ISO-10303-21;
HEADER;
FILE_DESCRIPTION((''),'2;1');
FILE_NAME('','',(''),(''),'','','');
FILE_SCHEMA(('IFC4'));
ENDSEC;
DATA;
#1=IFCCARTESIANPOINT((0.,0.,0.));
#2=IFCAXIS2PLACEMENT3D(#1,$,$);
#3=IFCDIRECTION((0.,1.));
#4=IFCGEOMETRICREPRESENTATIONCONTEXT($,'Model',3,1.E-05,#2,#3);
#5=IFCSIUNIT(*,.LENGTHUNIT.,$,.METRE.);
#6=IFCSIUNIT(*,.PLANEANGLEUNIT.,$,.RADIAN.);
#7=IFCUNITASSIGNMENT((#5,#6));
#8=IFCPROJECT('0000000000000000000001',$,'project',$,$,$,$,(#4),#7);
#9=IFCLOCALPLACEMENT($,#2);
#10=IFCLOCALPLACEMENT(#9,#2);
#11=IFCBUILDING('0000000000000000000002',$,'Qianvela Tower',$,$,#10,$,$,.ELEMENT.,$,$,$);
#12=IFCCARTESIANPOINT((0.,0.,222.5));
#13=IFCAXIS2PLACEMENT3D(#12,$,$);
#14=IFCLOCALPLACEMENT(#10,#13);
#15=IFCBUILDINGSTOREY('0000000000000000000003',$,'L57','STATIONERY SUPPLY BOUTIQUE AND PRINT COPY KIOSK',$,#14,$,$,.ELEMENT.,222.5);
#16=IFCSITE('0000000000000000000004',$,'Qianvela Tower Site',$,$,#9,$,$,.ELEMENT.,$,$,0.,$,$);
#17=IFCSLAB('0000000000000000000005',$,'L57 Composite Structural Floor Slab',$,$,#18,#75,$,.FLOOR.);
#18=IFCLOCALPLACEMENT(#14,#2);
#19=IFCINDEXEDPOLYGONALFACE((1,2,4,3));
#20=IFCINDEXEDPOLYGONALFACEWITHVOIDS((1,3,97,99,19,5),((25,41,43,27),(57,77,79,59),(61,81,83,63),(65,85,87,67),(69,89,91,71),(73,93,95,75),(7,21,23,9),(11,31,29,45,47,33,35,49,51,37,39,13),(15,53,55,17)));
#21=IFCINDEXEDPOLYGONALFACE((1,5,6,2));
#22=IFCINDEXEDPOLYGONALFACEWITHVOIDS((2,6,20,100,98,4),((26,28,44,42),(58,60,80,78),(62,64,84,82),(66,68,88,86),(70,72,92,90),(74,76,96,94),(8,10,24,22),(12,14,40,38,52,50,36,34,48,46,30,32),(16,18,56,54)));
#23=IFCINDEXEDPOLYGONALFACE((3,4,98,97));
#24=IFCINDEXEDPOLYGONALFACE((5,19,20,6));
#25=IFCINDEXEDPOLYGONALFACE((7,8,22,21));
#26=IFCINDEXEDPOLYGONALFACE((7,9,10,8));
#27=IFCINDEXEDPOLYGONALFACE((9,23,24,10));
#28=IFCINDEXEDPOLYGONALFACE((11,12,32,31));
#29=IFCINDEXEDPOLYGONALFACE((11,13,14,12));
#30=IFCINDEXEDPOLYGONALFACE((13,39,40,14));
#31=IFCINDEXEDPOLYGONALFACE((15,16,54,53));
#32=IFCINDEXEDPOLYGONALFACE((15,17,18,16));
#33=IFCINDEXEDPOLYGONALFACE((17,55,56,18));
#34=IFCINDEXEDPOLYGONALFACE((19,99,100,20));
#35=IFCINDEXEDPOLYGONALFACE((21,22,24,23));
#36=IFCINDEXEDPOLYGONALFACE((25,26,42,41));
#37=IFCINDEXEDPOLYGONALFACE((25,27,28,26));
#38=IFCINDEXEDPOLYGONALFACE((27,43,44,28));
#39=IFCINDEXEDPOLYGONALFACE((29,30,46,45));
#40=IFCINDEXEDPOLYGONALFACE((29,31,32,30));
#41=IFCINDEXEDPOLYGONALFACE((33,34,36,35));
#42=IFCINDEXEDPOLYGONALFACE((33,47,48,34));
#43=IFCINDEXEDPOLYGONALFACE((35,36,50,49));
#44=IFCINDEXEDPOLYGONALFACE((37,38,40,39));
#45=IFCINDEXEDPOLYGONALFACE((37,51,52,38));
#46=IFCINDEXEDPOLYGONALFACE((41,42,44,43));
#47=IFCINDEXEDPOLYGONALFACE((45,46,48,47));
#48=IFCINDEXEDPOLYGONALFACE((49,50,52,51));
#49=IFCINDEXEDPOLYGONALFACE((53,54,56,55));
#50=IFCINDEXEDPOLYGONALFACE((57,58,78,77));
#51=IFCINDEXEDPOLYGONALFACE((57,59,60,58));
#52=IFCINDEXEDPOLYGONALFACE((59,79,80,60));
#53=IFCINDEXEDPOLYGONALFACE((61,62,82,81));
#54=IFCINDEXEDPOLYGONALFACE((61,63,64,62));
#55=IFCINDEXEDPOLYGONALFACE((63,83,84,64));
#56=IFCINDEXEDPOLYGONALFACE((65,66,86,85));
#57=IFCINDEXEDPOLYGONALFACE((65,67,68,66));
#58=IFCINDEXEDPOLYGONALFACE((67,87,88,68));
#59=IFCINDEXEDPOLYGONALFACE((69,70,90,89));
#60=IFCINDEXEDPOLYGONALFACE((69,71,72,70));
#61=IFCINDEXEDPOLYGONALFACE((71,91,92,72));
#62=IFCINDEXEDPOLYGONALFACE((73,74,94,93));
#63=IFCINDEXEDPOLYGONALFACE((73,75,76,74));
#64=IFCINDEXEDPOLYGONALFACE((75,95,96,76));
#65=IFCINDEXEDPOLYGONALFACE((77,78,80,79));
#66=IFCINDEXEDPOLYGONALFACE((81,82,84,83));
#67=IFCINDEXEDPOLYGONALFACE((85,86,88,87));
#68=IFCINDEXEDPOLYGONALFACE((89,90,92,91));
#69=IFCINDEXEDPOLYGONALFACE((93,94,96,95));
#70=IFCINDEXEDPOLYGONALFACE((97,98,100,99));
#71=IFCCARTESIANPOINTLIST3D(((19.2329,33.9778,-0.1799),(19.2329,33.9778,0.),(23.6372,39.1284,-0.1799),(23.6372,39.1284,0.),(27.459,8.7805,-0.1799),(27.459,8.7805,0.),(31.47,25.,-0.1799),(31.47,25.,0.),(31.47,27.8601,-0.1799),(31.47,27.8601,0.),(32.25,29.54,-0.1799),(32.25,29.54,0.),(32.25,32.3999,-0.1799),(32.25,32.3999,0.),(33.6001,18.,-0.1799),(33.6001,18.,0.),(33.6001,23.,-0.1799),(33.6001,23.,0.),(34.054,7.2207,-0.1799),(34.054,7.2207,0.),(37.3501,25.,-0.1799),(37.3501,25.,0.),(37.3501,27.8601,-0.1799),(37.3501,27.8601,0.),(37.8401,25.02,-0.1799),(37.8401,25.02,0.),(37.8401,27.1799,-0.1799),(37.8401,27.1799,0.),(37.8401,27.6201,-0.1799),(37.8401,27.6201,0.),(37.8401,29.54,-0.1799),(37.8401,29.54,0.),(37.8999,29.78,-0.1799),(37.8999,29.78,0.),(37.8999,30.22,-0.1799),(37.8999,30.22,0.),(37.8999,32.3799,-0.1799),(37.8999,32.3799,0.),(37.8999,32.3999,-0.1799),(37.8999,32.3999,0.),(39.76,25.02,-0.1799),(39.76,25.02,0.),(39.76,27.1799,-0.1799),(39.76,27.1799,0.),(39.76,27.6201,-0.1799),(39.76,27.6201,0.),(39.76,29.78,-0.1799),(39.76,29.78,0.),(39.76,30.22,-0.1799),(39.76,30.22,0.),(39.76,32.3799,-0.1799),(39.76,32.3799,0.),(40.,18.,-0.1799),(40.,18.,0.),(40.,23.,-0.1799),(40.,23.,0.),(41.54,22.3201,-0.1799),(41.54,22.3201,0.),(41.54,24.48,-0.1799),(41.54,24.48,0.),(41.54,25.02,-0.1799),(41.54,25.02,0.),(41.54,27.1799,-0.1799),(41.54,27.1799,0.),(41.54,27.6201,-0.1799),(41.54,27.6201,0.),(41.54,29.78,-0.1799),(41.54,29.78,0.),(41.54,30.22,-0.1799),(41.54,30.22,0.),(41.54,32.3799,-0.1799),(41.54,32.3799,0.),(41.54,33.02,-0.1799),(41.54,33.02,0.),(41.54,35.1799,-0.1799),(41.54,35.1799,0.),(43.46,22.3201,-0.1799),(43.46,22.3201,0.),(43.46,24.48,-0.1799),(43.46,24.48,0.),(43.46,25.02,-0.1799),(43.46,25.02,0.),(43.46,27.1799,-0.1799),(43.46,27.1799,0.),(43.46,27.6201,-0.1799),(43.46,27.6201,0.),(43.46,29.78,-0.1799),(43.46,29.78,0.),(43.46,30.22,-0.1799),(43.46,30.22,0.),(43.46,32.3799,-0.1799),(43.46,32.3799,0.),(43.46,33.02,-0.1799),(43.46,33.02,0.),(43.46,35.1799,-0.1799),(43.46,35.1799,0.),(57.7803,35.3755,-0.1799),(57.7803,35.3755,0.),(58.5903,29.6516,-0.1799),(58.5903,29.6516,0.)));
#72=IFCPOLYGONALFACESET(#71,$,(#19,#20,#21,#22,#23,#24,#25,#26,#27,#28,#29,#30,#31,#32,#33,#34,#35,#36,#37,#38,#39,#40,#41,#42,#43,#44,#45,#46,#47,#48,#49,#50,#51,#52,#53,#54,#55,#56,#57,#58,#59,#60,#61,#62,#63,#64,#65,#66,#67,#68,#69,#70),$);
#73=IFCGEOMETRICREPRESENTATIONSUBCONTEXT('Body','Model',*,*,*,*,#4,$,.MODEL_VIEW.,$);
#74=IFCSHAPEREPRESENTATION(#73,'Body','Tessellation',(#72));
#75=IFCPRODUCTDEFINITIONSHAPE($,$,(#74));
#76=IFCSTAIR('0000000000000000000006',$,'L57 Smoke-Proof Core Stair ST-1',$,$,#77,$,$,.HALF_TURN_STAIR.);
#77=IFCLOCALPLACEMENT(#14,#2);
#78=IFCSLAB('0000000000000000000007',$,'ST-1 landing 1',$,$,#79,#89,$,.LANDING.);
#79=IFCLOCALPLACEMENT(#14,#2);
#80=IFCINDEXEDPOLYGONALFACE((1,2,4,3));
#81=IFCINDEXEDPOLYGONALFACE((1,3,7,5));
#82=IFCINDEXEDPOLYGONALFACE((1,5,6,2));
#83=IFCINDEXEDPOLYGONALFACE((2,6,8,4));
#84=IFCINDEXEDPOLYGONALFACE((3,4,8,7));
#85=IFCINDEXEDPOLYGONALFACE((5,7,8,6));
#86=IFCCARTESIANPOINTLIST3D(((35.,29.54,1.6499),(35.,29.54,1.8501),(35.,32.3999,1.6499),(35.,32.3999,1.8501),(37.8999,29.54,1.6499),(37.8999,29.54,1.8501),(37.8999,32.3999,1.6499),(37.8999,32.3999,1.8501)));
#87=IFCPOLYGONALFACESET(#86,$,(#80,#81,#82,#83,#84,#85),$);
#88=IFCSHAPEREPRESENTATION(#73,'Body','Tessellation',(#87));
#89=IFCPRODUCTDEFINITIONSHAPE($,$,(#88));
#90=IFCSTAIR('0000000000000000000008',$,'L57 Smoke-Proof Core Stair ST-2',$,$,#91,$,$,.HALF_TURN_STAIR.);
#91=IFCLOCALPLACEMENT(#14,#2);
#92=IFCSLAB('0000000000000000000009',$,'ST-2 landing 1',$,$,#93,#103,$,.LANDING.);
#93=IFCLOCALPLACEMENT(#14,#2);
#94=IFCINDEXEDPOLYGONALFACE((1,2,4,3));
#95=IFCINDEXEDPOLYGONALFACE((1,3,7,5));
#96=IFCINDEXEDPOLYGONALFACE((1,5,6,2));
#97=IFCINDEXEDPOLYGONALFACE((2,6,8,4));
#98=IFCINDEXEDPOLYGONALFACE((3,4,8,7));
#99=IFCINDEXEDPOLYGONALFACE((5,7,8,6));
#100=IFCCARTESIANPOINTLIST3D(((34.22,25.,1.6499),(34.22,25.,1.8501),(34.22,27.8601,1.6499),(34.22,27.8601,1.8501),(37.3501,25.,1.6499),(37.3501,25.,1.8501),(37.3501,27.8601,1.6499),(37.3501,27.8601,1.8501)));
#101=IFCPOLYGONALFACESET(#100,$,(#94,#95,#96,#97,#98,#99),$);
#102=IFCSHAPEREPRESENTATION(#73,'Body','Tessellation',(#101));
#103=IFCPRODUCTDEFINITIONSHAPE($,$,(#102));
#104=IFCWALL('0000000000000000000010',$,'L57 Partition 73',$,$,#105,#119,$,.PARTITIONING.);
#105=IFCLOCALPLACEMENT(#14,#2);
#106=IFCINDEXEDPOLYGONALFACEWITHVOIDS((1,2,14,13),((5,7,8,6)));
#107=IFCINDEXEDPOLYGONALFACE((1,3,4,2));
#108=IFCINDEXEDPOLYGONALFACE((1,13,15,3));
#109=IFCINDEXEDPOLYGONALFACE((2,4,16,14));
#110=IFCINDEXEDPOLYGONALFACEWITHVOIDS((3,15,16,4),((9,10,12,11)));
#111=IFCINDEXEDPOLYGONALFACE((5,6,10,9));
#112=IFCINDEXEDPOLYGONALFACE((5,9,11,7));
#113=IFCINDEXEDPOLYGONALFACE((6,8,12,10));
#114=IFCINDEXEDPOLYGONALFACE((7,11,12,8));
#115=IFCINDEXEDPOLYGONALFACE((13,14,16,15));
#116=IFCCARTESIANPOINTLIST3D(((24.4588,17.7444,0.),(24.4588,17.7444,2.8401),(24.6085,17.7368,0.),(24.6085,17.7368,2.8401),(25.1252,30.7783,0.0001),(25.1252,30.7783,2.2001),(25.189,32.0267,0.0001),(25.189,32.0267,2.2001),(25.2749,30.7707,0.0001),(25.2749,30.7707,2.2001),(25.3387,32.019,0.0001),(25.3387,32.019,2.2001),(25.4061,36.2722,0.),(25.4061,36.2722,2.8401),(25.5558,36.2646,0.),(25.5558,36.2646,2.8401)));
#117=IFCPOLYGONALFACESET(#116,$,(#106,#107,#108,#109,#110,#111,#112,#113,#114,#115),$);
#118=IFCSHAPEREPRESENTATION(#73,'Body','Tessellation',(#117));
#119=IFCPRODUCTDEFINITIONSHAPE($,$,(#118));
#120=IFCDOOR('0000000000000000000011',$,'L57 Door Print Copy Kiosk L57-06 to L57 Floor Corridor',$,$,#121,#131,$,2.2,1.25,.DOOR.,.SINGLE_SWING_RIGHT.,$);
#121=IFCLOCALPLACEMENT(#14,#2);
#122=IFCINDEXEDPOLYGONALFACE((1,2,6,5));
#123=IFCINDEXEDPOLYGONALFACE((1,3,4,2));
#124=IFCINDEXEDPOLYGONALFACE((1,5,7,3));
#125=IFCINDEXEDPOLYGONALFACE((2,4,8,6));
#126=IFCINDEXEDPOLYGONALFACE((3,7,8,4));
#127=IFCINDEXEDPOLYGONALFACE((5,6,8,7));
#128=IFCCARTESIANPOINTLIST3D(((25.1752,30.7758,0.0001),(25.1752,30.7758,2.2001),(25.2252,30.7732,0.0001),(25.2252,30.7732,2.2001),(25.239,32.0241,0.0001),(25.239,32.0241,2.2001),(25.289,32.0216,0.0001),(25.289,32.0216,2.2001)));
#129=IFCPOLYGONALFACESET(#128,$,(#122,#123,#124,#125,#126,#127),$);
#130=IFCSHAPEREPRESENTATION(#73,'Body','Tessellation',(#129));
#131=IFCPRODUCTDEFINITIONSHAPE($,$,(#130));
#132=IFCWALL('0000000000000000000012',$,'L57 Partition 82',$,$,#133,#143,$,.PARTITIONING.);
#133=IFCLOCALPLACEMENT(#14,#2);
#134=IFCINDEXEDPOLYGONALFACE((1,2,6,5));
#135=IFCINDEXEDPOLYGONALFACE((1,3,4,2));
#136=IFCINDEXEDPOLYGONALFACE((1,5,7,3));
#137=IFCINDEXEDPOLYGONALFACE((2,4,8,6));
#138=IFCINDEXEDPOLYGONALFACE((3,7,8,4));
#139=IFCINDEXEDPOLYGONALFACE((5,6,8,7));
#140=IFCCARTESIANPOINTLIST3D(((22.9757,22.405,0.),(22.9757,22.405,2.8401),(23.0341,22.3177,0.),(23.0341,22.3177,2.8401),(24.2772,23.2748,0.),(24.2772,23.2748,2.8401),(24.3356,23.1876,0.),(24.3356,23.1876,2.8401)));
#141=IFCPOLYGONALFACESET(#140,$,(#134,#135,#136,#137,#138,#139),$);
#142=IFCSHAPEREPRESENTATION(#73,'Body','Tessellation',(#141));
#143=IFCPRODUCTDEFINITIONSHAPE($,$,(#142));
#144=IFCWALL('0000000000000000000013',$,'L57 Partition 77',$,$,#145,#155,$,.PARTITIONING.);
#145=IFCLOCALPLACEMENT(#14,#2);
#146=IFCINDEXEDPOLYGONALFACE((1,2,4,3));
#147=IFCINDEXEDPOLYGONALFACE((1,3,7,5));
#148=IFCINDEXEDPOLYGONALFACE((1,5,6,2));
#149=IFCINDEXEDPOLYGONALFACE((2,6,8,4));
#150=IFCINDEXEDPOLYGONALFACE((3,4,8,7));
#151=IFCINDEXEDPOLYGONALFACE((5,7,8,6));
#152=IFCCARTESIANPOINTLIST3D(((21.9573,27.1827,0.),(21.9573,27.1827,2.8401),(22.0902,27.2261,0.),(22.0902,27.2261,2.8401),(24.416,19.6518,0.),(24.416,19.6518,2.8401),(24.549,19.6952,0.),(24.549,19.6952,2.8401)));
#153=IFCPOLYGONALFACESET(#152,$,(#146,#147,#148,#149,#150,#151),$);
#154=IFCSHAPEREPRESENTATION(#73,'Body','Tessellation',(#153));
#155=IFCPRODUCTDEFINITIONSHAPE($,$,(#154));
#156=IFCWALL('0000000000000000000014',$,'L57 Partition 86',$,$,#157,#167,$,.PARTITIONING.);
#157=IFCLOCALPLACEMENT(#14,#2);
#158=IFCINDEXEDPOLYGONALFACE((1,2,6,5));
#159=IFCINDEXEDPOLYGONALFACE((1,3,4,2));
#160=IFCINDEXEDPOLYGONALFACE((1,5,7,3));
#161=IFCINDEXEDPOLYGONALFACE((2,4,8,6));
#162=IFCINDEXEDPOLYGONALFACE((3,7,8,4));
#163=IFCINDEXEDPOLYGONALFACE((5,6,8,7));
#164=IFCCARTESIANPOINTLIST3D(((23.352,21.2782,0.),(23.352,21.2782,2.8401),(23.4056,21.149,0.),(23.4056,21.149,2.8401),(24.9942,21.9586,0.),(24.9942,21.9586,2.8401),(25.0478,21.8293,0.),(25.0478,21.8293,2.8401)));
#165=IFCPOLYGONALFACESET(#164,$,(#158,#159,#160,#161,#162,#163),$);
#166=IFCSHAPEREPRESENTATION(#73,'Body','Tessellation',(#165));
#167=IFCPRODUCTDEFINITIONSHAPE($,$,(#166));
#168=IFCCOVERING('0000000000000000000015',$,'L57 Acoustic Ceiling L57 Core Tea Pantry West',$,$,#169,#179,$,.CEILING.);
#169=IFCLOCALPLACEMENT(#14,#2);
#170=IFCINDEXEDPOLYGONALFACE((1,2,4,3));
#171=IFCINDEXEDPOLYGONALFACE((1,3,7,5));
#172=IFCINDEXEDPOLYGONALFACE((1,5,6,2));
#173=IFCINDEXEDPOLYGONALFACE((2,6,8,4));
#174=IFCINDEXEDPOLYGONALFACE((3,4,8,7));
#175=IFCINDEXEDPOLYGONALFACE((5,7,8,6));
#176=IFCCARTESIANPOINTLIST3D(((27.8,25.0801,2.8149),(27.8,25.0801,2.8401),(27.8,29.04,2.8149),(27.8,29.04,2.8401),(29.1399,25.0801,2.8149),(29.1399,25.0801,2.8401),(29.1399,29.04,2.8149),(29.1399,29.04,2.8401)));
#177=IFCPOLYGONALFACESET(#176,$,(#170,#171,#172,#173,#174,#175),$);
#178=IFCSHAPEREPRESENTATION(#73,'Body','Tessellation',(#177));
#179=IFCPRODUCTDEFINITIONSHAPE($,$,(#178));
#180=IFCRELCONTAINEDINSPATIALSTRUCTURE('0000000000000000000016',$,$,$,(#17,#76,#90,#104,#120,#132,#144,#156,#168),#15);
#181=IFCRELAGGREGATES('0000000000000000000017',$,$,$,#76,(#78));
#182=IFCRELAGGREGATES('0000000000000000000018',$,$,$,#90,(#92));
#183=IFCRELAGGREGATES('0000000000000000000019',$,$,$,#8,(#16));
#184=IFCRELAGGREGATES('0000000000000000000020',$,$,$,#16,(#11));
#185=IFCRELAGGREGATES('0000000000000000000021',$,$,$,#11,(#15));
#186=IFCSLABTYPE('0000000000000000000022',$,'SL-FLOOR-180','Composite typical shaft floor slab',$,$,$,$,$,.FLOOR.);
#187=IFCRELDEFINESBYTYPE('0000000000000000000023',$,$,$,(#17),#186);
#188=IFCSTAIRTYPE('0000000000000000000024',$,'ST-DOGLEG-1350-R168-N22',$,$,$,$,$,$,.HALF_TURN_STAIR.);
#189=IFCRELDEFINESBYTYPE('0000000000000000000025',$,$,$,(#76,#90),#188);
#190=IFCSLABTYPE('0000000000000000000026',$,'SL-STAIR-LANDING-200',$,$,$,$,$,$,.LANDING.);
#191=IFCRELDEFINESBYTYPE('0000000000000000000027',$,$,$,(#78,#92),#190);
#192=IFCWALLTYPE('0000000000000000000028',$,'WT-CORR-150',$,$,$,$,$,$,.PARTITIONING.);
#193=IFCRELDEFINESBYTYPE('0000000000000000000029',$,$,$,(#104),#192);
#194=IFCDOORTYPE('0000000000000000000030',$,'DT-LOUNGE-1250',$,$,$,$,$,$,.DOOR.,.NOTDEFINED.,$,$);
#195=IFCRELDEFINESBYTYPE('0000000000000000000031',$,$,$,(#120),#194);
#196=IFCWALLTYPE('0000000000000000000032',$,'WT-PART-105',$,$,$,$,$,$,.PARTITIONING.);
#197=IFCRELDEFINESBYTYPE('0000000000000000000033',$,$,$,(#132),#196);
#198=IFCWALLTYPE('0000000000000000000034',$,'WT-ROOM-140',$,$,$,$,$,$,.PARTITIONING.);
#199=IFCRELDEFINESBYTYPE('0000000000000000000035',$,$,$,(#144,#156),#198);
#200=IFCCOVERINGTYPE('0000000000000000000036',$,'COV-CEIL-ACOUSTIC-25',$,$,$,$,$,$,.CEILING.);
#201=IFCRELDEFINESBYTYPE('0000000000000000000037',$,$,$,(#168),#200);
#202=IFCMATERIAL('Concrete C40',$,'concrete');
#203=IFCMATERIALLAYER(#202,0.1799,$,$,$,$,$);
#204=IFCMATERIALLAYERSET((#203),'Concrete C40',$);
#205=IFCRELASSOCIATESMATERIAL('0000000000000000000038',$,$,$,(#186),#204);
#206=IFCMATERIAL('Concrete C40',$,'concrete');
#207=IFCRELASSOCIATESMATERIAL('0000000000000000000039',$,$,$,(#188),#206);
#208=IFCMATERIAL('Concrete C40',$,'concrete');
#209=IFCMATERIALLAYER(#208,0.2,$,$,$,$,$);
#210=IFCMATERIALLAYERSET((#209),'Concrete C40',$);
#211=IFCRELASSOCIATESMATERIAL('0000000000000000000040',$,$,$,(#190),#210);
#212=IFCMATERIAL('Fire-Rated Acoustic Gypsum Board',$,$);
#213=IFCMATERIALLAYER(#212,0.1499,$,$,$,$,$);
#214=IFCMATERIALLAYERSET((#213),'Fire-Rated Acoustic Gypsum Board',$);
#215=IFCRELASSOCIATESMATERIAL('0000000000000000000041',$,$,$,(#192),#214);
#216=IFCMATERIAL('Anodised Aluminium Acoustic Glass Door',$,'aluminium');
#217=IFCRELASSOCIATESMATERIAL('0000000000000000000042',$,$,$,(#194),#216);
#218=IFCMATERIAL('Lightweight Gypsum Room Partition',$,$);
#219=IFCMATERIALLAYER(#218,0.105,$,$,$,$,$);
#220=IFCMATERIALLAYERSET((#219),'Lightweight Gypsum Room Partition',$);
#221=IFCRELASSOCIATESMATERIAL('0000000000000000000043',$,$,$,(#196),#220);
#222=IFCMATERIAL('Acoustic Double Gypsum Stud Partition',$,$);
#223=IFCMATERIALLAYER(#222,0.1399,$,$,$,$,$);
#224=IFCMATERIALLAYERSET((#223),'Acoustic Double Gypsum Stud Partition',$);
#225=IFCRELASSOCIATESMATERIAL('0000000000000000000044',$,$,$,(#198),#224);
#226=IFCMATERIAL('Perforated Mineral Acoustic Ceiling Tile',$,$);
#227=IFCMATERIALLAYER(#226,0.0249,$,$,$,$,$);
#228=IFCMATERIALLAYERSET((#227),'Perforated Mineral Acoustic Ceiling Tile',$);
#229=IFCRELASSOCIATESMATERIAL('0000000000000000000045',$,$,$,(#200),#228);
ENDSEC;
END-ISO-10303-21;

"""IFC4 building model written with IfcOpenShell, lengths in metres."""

from ifc_helpers import new_model, si_unit, direction, frame, frame_2d, origin, place, context, subcontext, project, spatial, polyline, rectangle, outline, extrude, material, layer, layer_set, type_object, element, fill, aggregate, save


model = new_model("IFC4")

# Units and contexts
model_context = context("Model", 3, precision=1e-05, world=origin(), true_north=direction((0.0, 1.0)))
body_context = subcontext(model_context, "Body", "Model", "MODEL_VIEW")
ifc_project = project(units=[si_unit("LENGTHUNIT", "METRE"), si_unit("PLANEANGLEUNIT", "RADIAN")], contexts=[model_context])

# Site, building, storey
site_placement = place(None, origin())
site = spatial("IfcSite", under=ifc_project, at=site_placement, Name="Qianvela Tower Site", CompositionType="ELEMENT", RefElevation=0.0)
building_placement = place(site_placement, origin())
building = spatial("IfcBuilding", under=site, at=building_placement, Name="Qianvela Tower", CompositionType="ELEMENT")
storey_placement = place(building_placement, frame((0.0, 0.0, 222.5)))
storey = spatial("IfcBuildingStorey", under=building, at=storey_placement, Name="L57", Description="STATIONERY SUPPLY BOUTIQUE AND PRINT COPY KIOSK", CompositionType="ELEMENT", Elevation=222.5)

# Slab
ifc_material_1 = material(Name="Concrete C40", Category="concrete")
ifc_layer_1 = layer(ifc_material_1, 0.1799)
ifc_layer_set_1 = layer_set([ifc_layer_1], Name="Concrete C40")
slab_type_1 = type_object("IfcSlabType", Name="SL-FLOOR-180", Description="Composite typical shaft floor slab", PredefinedType="FLOOR", material=ifc_layer_set_1)
slab_1_placement = place(storey_placement, frame((0.0, 0.0, -0.1799)))
element("IfcSlab", 1, at=slab_1_placement, inside=storey, type_object=slab_type_1, Name="L57 Composite Structural Floor Slab", PredefinedType="FLOOR", context=body_context, shape_type="SweptSolid", body=[
    extrude(outline(polyline([(58.5903, 29.6516), (57.7803, 35.3755), (23.6372, 39.1284), (19.2329, 33.9778), (27.459, 8.7805), (34.054, 7.2207), (58.5903, 29.6516)]), holes=[polyline([(40.0, 23.0), (33.6001, 23.0), (33.6001, 18.0), (40.0, 18.0), (40.0, 23.0)]), polyline([(39.76, 27.1799), (37.8401, 27.1799), (37.8401, 25.02), (39.76, 25.02), (39.76, 27.1799)]), polyline([(37.3501, 27.8601), (31.47, 27.8601), (31.47, 25.0), (37.3501, 25.0), (37.3501, 27.8601)]), polyline([(37.8401, 27.6201), (39.76, 27.6201), (39.76, 29.78), (37.8999, 29.78), (37.8999, 30.22), (39.76, 30.22), (39.76, 32.3799), (37.8999, 32.3799), (37.8999, 32.3999), (32.25, 32.3999), (32.25, 29.54), (37.8401, 29.54), (37.8401, 27.6201)]), polyline([(43.46, 22.3201), (43.46, 24.48), (41.54, 24.48), (41.54, 22.3201), (43.46, 22.3201)]), polyline([(43.46, 25.02), (43.46, 27.1799), (41.54, 27.1799), (41.54, 25.02), (43.46, 25.02)]), polyline([(43.46, 29.78), (41.54, 29.78), (41.54, 27.6201), (43.46, 27.6201), (43.46, 29.78)]), polyline([(43.46, 30.22), (43.46, 32.3799), (41.54, 32.3799), (41.54, 30.22), (43.46, 30.22)]), polyline([(43.46, 33.02), (43.46, 35.1799), (41.54, 35.1799), (41.54, 33.02), (43.46, 33.02)])]), origin(), (0.0, 0.0, 1.0), 0.1799),
])

# Stairs, slabs
ifc_material_2 = material(Name="Concrete C40", Category="concrete")
stair_type = type_object("IfcStairType", Name="ST-DOGLEG-1350-R168-N22", PredefinedType="HALF_TURN_STAIR", material=ifc_material_2)
stair_1_placement = place(storey_placement, origin())
stair_1 = element("IfcStair", 2, at=stair_1_placement, inside=storey, type_object=stair_type, Name="L57 Smoke-Proof Core Stair ST-1", PredefinedType="HALF_TURN_STAIR")
ifc_material_3 = material(Name="Concrete C40", Category="concrete")
ifc_layer_2 = layer(ifc_material_3, 0.2)
ifc_layer_set_2 = layer_set([ifc_layer_2], Name="Concrete C40")
slab_type_2 = type_object("IfcSlabType", Name="SL-STAIR-LANDING-200", PredefinedType="LANDING", material=ifc_layer_set_2)
slab_2_placement = place(storey_placement, frame((0.0, 0.0, 1.6499)))
slab_2 = element("IfcSlab", 3, at=slab_2_placement, type_object=slab_type_2, Name="ST-1 landing 1", PredefinedType="LANDING", context=body_context, shape_type="SweptSolid", body=[
    extrude(outline(polyline([(35.0, 29.54), (37.8999, 29.54), (37.8999, 32.3999), (35.0, 32.3999), (35.0, 29.54)])), origin(), (0.0, 0.0, 1.0), 0.2002),
])
aggregate(stair_1, [slab_2])
stair_2_placement = place(storey_placement, origin())
stair_2 = element("IfcStair", 4, at=stair_2_placement, inside=storey, type_object=stair_type, Name="L57 Smoke-Proof Core Stair ST-2", PredefinedType="HALF_TURN_STAIR")
slab_3_placement = place(storey_placement, frame((0.0, 0.0, 1.6499)))
slab_3 = element("IfcSlab", 5, at=slab_3_placement, type_object=slab_type_2, Name="ST-2 landing 1", PredefinedType="LANDING", context=body_context, shape_type="SweptSolid", body=[
    extrude(outline(polyline([(34.22, 25.0), (37.3501, 25.0), (37.3501, 27.8601), (34.22, 27.8601), (34.22, 25.0)])), origin(), (0.0, 0.0, 1.0), 0.2002),
])
aggregate(stair_2, [slab_3])

# Wall, opening, door
ifc_material_4 = material(Name="Fire-Rated Acoustic Gypsum Board")
ifc_layer_3 = layer(ifc_material_4, 0.1499)
ifc_layer_set_3 = layer_set([ifc_layer_3], Name="Fire-Rated Acoustic Gypsum Board")
wall_type_1 = type_object("IfcWallType", Name="WT-CORR-150", PredefinedType="PARTITIONING", material=ifc_layer_set_3)
wall_1_placement = place(storey_placement, frame((24.5337, 17.7407, 0.0), z_axis=(0.0, 0.0, 1.0), x_axis=(0.05106, 0.998696, 0.0)))
wall_1 = element("IfcWall", 6, at=wall_1_placement, inside=storey, type_object=wall_type_1, Name="L57 Partition 73", PredefinedType="PARTITIONING", context=body_context, shape_type="SweptSolid", body=[
    extrude(rectangle(XDim=18.552, YDim=0.1499, at=frame_2d((9.2759, 0.0))), origin(), (0.0, 0.0, 1.0), 2.8401),
])
opening_placement = place(wall_1_placement, frame((13.0508, 0.0, 0.0)))
opening = element("IfcOpeningElement", 7, at=opening_placement, cuts=wall_1, PredefinedType="OPENING", context=body_context, shape_type="SweptSolid", body=[
    extrude(rectangle(XDim=1.25, YDim=2.2, at=frame_2d((0.625, 1.1001))), frame((0.0, 0.085, 0.0), z_axis=(0.0, -1.0, 0.0), x_axis=(1.0, 0.0, 0.0)), (0.0, 0.0, 1.0), 0.1699),
])
ifc_material_5 = material(Name="Anodised Aluminium Acoustic Glass Door", Category="aluminium")
door_type = type_object("IfcDoorType", Name="DT-LOUNGE-1250", OperationType="NOTDEFINED", PredefinedType="DOOR", material=ifc_material_5)
door_placement = place(opening_placement, origin())
door = element("IfcDoor", 8, at=door_placement, inside=storey, type_object=door_type, Name="L57 Door Print Copy Kiosk L57-06 to L57 Floor Corridor", OperationType="SINGLE_SWING_RIGHT", OverallHeight=2.2, OverallWidth=1.25, PredefinedType="DOOR", context=body_context, shape_type="SweptSolid", body=[
    extrude(rectangle(XDim=1.25, YDim=2.2, at=frame_2d((0.625, 1.1001))), frame((0.0, 0.0249, 0.0), z_axis=(0.0, -1.0, 0.0), x_axis=(1.0, 0.0, 0.0)), (0.0, 0.0, 1.0), 0.05),
])
fill(opening, door)

# Walls
ifc_material_6 = material(Name="Lightweight Gypsum Room Partition")
ifc_layer_4 = layer(ifc_material_6, 0.105)
ifc_layer_set_4 = layer_set([ifc_layer_4], Name="Lightweight Gypsum Room Partition")
wall_type_2 = type_object("IfcWallType", Name="WT-PART-105", PredefinedType="PARTITIONING", material=ifc_layer_set_4)
wall_2_placement = place(storey_placement, frame((24.3064, 23.2312, 0.0), z_axis=(0.0, 0.0, 1.0), x_axis=(-0.831402, -0.555672, 0.0)))
element("IfcWall", 9, at=wall_2_placement, inside=storey, type_object=wall_type_2, Name="L57 Partition 82", PredefinedType="PARTITIONING", context=body_context, shape_type="SweptSolid", body=[
    extrude(rectangle(XDim=1.5654, YDim=0.105, at=frame_2d((0.7827, 0.0))), origin(), (0.0, 0.0, 1.0), 2.8401),
])
ifc_material_7 = material(Name="Acoustic Double Gypsum Stud Partition")
ifc_layer_5 = layer(ifc_material_7, 0.1399)
ifc_layer_set_5 = layer_set([ifc_layer_5], Name="Acoustic Double Gypsum Stud Partition")
wall_type_3 = type_object("IfcWallType", Name="WT-ROOM-140", PredefinedType="PARTITIONING", material=ifc_layer_set_5)
wall_3_placement = place(storey_placement, frame((24.4824, 19.6736, 0.0), z_axis=(0.0, 0.0, 1.0), x_axis=(-0.31036, 0.950619, 0.0)))
element("IfcWall", 10, at=wall_3_placement, inside=storey, type_object=wall_type_3, Name="L57 Partition 77", PredefinedType="PARTITIONING", context=body_context, shape_type="SweptSolid", body=[
    extrude(rectangle(XDim=7.9221, YDim=0.1399, at=frame_2d((3.9609, 0.0))), origin(), (0.0, 0.0, 1.0), 2.8401),
])
wall_4_placement = place(storey_placement, frame((23.3789, 21.2136, 0.0), z_axis=(0.0, 0.0, 1.0), x_axis=(0.923851, 0.382752, 0.0)))
element("IfcWall", 11, at=wall_4_placement, inside=storey, type_object=wall_type_3, Name="L57 Partition 86", PredefinedType="PARTITIONING", context=body_context, shape_type="SweptSolid", body=[
    extrude(rectangle(XDim=1.7776, YDim=0.1399, at=frame_2d((0.8887, 0.0))), origin(), (0.0, 0.0, 1.0), 2.8401),
])

# Covering
ifc_material_8 = material(Name="Perforated Mineral Acoustic Ceiling Tile")
ifc_layer_6 = layer(ifc_material_8, 0.0249)
ifc_layer_set_6 = layer_set([ifc_layer_6], Name="Perforated Mineral Acoustic Ceiling Tile")
covering_type_1 = type_object("IfcCoveringType", Name="COV-CEIL-ACOUSTIC-25", PredefinedType="CEILING", material=ifc_layer_set_6)
covering_1_placement = place(storey_placement, frame((0.0, 0.0, 2.8149)))
element("IfcCovering", 12, at=covering_1_placement, inside=storey, type_object=covering_type_1, Name="L57 Acoustic Ceiling L57 Core Tea Pantry West", PredefinedType="CEILING", context=body_context, shape_type="SweptSolid", body=[
    extrude(outline(polyline([(27.8, 25.0801), (27.8, 29.04), (29.1399, 29.04), (29.1399, 25.0801), (27.8, 25.0801)])), origin(), (0.0, 0.0, 1.0), 0.0251),
])

save(model, "model.ifc")
